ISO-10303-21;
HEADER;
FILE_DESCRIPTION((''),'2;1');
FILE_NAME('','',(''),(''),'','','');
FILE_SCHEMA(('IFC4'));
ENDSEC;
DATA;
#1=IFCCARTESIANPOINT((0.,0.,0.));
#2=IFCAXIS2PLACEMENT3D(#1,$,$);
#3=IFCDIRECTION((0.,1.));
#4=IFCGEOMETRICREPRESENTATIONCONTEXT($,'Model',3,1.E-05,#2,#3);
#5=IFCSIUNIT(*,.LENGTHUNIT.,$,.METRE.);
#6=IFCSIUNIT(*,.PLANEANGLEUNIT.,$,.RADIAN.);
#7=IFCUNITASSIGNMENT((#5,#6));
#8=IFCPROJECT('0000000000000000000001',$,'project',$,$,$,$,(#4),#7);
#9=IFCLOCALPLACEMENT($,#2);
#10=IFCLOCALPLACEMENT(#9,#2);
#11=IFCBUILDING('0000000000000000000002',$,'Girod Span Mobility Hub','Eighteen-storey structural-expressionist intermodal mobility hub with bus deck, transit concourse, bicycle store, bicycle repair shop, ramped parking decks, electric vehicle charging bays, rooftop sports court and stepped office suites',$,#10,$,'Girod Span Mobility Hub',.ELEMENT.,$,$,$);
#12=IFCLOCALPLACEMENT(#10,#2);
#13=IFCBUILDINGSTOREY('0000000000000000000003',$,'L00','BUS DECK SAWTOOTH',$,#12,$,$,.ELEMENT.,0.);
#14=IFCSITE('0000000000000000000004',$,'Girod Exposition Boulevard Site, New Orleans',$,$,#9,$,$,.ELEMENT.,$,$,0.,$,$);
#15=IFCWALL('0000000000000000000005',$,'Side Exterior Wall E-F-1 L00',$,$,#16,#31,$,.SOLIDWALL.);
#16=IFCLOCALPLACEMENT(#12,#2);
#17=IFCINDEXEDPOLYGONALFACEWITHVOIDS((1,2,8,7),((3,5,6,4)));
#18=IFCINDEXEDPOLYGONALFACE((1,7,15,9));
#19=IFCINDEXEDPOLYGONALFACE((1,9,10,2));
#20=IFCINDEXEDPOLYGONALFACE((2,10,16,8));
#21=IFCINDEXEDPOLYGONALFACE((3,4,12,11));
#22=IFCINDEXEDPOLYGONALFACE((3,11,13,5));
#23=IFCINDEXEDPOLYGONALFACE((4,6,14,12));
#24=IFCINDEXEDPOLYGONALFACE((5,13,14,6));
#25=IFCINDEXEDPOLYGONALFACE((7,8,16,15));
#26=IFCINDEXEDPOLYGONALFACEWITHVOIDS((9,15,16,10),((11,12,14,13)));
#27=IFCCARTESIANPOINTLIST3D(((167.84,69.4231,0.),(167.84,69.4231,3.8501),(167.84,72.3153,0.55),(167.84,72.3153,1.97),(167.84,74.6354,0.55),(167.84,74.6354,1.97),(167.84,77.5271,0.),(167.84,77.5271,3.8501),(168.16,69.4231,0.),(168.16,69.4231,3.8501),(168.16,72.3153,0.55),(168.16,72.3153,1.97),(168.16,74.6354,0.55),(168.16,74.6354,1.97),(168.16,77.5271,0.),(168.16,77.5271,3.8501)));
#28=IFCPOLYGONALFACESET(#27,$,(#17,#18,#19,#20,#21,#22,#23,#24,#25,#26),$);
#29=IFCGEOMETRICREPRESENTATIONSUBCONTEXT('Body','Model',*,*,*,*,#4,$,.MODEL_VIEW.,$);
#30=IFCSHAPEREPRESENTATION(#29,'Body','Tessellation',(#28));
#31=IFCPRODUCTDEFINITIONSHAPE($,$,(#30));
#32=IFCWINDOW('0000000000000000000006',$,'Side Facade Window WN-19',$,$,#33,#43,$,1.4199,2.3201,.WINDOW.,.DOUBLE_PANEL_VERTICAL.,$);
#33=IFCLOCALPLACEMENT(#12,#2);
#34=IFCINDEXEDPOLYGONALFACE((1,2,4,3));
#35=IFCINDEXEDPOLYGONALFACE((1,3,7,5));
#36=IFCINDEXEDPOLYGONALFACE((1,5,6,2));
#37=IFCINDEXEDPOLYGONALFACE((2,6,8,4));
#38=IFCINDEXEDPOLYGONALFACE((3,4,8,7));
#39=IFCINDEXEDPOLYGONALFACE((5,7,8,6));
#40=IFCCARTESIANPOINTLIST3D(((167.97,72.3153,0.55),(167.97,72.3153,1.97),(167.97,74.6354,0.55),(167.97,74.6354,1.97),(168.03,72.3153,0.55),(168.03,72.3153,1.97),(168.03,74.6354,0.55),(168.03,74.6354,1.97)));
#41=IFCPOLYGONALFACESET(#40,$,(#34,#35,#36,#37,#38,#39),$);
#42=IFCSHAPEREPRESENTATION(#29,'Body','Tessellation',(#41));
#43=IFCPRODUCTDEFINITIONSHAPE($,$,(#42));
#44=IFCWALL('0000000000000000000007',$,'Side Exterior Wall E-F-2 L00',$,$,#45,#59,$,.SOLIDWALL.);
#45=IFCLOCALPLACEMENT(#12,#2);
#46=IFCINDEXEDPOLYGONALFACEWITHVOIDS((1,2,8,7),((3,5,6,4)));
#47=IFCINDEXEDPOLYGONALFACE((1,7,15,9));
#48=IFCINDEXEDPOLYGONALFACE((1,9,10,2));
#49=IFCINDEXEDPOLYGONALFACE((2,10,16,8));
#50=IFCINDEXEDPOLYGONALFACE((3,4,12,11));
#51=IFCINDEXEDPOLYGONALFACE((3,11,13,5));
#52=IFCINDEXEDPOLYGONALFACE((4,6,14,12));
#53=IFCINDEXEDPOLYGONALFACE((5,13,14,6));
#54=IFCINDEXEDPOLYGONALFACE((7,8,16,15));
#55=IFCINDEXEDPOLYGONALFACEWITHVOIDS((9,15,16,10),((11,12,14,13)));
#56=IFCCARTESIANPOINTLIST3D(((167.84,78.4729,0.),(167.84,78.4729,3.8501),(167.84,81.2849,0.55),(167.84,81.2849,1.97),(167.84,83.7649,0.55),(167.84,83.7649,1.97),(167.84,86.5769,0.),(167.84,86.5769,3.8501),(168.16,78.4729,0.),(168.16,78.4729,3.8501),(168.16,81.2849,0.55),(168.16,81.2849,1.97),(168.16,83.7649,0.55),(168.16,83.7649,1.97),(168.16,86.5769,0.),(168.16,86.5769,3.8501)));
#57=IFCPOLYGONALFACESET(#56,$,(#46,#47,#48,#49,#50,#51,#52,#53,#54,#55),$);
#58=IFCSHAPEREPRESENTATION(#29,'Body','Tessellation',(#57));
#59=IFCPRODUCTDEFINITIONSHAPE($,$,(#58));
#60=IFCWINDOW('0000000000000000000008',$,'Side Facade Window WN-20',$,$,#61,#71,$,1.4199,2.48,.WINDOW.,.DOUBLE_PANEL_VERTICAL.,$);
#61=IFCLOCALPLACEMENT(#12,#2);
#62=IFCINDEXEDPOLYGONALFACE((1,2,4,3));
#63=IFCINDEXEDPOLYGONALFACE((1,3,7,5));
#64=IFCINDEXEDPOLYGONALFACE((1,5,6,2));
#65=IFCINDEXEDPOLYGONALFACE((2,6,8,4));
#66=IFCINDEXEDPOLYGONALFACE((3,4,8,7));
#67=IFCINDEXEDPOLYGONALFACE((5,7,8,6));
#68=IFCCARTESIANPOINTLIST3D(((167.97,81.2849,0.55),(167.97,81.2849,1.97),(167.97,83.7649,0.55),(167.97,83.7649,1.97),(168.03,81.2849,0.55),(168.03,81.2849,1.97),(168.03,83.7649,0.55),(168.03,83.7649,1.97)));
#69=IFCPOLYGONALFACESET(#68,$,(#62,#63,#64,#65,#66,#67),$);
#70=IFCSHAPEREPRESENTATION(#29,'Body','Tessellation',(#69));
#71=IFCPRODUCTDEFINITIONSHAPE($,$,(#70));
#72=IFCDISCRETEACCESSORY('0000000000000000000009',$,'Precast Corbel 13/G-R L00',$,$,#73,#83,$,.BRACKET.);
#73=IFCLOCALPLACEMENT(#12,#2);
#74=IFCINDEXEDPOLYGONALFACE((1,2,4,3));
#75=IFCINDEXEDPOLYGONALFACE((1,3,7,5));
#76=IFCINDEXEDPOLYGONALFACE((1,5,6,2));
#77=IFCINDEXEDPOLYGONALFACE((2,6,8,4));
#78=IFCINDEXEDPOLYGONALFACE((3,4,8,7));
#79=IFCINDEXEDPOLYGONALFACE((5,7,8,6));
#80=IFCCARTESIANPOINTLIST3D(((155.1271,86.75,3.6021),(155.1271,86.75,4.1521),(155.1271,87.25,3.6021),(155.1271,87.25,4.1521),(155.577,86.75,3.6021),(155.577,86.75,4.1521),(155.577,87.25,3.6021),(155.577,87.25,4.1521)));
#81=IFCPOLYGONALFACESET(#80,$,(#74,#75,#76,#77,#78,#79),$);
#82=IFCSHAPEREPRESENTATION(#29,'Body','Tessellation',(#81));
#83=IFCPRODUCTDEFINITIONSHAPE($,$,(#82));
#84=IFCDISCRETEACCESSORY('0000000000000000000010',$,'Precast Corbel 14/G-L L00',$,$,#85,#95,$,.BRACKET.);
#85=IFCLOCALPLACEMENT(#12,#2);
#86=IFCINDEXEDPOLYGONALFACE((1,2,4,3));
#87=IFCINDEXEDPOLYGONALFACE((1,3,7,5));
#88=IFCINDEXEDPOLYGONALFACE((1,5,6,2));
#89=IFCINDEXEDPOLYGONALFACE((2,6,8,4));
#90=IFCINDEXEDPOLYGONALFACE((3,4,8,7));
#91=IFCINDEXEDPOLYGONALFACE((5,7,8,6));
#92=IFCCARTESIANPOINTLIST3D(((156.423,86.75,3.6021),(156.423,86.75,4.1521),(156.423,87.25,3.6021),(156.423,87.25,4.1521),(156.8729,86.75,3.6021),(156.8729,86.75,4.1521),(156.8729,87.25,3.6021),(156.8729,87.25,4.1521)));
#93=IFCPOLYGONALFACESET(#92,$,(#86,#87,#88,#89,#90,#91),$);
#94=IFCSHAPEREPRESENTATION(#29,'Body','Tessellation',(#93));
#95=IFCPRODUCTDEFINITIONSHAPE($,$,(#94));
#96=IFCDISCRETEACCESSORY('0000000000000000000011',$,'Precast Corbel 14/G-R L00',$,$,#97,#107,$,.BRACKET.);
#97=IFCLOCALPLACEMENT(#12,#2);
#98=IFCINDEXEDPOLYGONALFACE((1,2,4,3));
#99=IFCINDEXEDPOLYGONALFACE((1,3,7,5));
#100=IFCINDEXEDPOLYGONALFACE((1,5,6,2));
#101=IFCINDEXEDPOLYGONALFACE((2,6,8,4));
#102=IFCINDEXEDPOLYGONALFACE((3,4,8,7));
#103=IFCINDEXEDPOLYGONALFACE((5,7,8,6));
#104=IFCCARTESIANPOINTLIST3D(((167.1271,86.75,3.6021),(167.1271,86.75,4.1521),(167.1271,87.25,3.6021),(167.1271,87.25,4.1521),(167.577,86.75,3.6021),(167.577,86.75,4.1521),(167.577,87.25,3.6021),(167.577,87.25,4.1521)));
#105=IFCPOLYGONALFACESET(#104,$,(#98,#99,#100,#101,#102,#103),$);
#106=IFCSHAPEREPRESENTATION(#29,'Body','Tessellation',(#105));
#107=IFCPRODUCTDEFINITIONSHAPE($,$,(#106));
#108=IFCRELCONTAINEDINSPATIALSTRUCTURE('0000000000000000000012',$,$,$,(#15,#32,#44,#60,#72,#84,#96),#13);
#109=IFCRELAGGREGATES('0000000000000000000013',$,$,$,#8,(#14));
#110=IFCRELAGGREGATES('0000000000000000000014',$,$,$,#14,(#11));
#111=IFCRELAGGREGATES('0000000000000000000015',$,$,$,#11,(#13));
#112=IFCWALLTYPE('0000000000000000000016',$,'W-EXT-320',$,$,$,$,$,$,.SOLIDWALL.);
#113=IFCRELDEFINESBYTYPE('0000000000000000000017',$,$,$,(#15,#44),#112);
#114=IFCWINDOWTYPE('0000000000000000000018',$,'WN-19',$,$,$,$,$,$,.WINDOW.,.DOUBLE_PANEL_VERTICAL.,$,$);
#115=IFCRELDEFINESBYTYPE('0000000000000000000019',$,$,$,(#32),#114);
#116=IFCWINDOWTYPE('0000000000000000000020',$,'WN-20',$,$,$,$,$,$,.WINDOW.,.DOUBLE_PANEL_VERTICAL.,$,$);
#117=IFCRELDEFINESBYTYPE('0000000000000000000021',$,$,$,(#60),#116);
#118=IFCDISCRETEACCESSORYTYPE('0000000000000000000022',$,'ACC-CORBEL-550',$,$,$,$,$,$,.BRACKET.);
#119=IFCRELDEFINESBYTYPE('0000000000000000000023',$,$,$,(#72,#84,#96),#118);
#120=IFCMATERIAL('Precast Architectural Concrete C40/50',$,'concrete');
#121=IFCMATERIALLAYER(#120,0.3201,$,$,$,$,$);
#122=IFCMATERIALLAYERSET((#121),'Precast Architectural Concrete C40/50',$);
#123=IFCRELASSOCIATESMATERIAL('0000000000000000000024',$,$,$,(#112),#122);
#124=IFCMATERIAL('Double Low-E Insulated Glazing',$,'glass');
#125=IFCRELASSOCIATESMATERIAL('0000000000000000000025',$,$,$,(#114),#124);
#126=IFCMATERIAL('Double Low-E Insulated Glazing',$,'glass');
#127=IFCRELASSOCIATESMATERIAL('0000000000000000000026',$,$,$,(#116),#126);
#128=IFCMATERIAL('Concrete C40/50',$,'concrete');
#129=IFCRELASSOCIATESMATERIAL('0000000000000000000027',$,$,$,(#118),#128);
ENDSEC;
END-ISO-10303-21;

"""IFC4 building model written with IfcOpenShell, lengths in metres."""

from ifc_helpers import new_model, si_unit, direction, frame, frame_2d, origin, origin_2d, place, context, subcontext, project, spatial, rectangle, extrude, material, layer, layer_set, type_object, element, fill, save


model = new_model("IFC4")

# Units and contexts
model_context = context("Model", 3, precision=1e-05, world=origin(), true_north=direction((0.0, 1.0)))
body_context = subcontext(model_context, "Body", "Model", "MODEL_VIEW")
ifc_project = project(units=[si_unit("LENGTHUNIT", "METRE"), si_unit("PLANEANGLEUNIT", "RADIAN")], contexts=[model_context])

# Site, building, storey
site_placement = place(None, origin())
site = spatial("IfcSite", under=ifc_project, at=site_placement, Name="Girod Exposition Boulevard Site, New Orleans", CompositionType="ELEMENT", RefElevation=0.0)
building_placement = place(site_placement, origin())
building = spatial("IfcBuilding", under=site, at=building_placement, Name="Girod Span Mobility Hub", Description="Eighteen-storey structural-expressionist intermodal mobility hub with bus deck, transit concourse, bicycle store, bicycle repair shop, ramped parking decks, electric vehicle charging bays, rooftop sports court and stepped office suites", LongName="Girod Span Mobility Hub", CompositionType="ELEMENT")
storey_placement = place(building_placement, origin())
storey = spatial("IfcBuildingStorey", under=building, at=storey_placement, Name="L00", Description="BUS DECK SAWTOOTH", CompositionType="ELEMENT", Elevation=0.0)

# Walls, openings, windows
ifc_material_1 = material(Name="Precast Architectural Concrete C40/50", Category="concrete")
ifc_layer = layer(ifc_material_1, 0.3201)
ifc_layer_set = layer_set([ifc_layer], Name="Precast Architectural Concrete C40/50")
wall_type = type_object("IfcWallType", Name="W-EXT-320", PredefinedType="SOLIDWALL", material=ifc_layer_set)
wall_1_placement = place(storey_placement, frame((168.0, 69.4231, 0.0), z_axis=(0.0, 0.0, 1.0), x_axis=(0.0, 1.0, 0.0)))
wall_1 = element("IfcWall", 1, at=wall_1_placement, inside=storey, type_object=wall_type, Name="Side Exterior Wall E-F-1 L00", PredefinedType="SOLIDWALL", context=body_context, shape_type="SweptSolid", body=[
    extrude(rectangle(XDim=8.104, YDim=0.3201, at=frame_2d((4.052, 0.0))), origin(), (0.0, 0.0, 1.0), 3.8501),
])
opening_1_placement = place(wall_1_placement, frame((2.8921, 0.0, 0.55)))
opening_1 = element("IfcOpeningElement", 2, at=opening_1_placement, cuts=wall_1, PredefinedType="OPENING", context=body_context, shape_type="SweptSolid", body=[
    extrude(rectangle(XDim=2.3201, YDim=1.4199, at=frame_2d((1.1602, 0.71))), frame((0.0, 0.175, 0.0), z_axis=(0.0, -1.0, 0.0), x_axis=(1.0, 0.0, 0.0)), (0.0, 0.0, 1.0), 0.3501),
])
ifc_material_2 = material(Name="Double Low-E Insulated Glazing", Category="glass")
window_type_1 = type_object("IfcWindowType", Name="WN-19", PartitioningType="DOUBLE_PANEL_VERTICAL", PredefinedType="WINDOW", material=ifc_material_2)
window_1_placement = place(opening_1_placement, origin())
window_1 = element("IfcWindow", 3, at=window_1_placement, inside=storey, type_object=window_type_1, Name="Side Facade Window WN-19", OverallHeight=1.4199, OverallWidth=2.3201, PartitioningType="DOUBLE_PANEL_VERTICAL", PredefinedType="WINDOW", context=body_context, shape_type="SweptSolid", body=[
    extrude(rectangle(XDim=2.3201, YDim=1.4199, at=frame_2d((1.1602, 0.71))), frame((0.0, 0.03, 0.0), z_axis=(0.0, -1.0, 0.0), x_axis=(1.0, 0.0, 0.0)), (0.0, 0.0, 1.0), 0.0601),
])
fill(opening_1, window_1)
wall_2_placement = place(storey_placement, frame((168.0, 78.4729, 0.0), z_axis=(0.0, 0.0, 1.0), x_axis=(0.0, 1.0, 0.0)))
wall_2 = element("IfcWall", 4, at=wall_2_placement, inside=storey, type_object=wall_type, Name="Side Exterior Wall E-F-2 L00", PredefinedType="SOLIDWALL", context=body_context, shape_type="SweptSolid", body=[
    extrude(rectangle(XDim=8.104, YDim=0.3201, at=frame_2d((4.052, 0.0))), origin(), (0.0, 0.0, 1.0), 3.8501),
])
opening_2_placement = place(wall_2_placement, frame((2.812, 0.0, 0.55)))
opening_2 = element("IfcOpeningElement", 5, at=opening_2_placement, cuts=wall_2, PredefinedType="OPENING", context=body_context, shape_type="SweptSolid", body=[
    extrude(rectangle(XDim=2.48, YDim=1.4199, at=frame_2d((1.24, 0.71))), frame((0.0, 0.175, 0.0), z_axis=(0.0, -1.0, 0.0), x_axis=(1.0, 0.0, 0.0)), (0.0, 0.0, 1.0), 0.3501),
])
ifc_material_3 = material(Name="Double Low-E Insulated Glazing", Category="glass")
window_type_2 = type_object("IfcWindowType", Name="WN-20", PartitioningType="DOUBLE_PANEL_VERTICAL", PredefinedType="WINDOW", material=ifc_material_3)
window_2_placement = place(opening_2_placement, origin())
window_2 = element("IfcWindow", 6, at=window_2_placement, inside=storey, type_object=window_type_2, Name="Side Facade Window WN-20", OverallHeight=1.4199, OverallWidth=2.48, PartitioningType="DOUBLE_PANEL_VERTICAL", PredefinedType="WINDOW", context=body_context, shape_type="SweptSolid", body=[
    extrude(rectangle(XDim=2.48, YDim=1.4199, at=frame_2d((1.24, 0.71))), frame((0.0, 0.03, 0.0), z_axis=(0.0, -1.0, 0.0), x_axis=(1.0, 0.0, 0.0)), (0.0, 0.0, 1.0), 0.0601),
])
fill(opening_2, window_2)

# Discrete accessories
ifc_material_4 = material(Name="Concrete C40/50", Category="concrete")
discrete_accessory_type = type_object("IfcDiscreteAccessoryType", Name="ACC-CORBEL-550", PredefinedType="BRACKET", material=ifc_material_4)
for number, where, z_axis, x_axis, name in (
    (7, (155.3521, 87.0, 3.6021), (0.0, 0.0, 1.0), (1.0, 0.0, 0.0), "Precast Corbel 13/G-R L00"),
    (8, (156.6479, 87.0, 3.6021), (0.0, 0.0, 1.0), (1.0, 0.0, 0.0), "Precast Corbel 14/G-L L00"),
    (9, (167.3521, 87.0, 3.6021), (0.0, 0.0, 1.0), (1.0, 0.0, 0.0), "Precast Corbel 14/G-R L00"),
):
    element("IfcDiscreteAccessory", number, at=place(storey_placement, frame(where, z_axis=z_axis, x_axis=x_axis)), inside=storey, type_object=discrete_accessory_type, Name=name, PredefinedType="BRACKET", context=body_context, shape_type="SweptSolid", body=[
        extrude(rectangle(XDim=0.45, YDim=0.5, at=origin_2d()), origin(), (0.0, 0.0, 1.0), 0.55),
    ])

save(model, "model.ifc")
